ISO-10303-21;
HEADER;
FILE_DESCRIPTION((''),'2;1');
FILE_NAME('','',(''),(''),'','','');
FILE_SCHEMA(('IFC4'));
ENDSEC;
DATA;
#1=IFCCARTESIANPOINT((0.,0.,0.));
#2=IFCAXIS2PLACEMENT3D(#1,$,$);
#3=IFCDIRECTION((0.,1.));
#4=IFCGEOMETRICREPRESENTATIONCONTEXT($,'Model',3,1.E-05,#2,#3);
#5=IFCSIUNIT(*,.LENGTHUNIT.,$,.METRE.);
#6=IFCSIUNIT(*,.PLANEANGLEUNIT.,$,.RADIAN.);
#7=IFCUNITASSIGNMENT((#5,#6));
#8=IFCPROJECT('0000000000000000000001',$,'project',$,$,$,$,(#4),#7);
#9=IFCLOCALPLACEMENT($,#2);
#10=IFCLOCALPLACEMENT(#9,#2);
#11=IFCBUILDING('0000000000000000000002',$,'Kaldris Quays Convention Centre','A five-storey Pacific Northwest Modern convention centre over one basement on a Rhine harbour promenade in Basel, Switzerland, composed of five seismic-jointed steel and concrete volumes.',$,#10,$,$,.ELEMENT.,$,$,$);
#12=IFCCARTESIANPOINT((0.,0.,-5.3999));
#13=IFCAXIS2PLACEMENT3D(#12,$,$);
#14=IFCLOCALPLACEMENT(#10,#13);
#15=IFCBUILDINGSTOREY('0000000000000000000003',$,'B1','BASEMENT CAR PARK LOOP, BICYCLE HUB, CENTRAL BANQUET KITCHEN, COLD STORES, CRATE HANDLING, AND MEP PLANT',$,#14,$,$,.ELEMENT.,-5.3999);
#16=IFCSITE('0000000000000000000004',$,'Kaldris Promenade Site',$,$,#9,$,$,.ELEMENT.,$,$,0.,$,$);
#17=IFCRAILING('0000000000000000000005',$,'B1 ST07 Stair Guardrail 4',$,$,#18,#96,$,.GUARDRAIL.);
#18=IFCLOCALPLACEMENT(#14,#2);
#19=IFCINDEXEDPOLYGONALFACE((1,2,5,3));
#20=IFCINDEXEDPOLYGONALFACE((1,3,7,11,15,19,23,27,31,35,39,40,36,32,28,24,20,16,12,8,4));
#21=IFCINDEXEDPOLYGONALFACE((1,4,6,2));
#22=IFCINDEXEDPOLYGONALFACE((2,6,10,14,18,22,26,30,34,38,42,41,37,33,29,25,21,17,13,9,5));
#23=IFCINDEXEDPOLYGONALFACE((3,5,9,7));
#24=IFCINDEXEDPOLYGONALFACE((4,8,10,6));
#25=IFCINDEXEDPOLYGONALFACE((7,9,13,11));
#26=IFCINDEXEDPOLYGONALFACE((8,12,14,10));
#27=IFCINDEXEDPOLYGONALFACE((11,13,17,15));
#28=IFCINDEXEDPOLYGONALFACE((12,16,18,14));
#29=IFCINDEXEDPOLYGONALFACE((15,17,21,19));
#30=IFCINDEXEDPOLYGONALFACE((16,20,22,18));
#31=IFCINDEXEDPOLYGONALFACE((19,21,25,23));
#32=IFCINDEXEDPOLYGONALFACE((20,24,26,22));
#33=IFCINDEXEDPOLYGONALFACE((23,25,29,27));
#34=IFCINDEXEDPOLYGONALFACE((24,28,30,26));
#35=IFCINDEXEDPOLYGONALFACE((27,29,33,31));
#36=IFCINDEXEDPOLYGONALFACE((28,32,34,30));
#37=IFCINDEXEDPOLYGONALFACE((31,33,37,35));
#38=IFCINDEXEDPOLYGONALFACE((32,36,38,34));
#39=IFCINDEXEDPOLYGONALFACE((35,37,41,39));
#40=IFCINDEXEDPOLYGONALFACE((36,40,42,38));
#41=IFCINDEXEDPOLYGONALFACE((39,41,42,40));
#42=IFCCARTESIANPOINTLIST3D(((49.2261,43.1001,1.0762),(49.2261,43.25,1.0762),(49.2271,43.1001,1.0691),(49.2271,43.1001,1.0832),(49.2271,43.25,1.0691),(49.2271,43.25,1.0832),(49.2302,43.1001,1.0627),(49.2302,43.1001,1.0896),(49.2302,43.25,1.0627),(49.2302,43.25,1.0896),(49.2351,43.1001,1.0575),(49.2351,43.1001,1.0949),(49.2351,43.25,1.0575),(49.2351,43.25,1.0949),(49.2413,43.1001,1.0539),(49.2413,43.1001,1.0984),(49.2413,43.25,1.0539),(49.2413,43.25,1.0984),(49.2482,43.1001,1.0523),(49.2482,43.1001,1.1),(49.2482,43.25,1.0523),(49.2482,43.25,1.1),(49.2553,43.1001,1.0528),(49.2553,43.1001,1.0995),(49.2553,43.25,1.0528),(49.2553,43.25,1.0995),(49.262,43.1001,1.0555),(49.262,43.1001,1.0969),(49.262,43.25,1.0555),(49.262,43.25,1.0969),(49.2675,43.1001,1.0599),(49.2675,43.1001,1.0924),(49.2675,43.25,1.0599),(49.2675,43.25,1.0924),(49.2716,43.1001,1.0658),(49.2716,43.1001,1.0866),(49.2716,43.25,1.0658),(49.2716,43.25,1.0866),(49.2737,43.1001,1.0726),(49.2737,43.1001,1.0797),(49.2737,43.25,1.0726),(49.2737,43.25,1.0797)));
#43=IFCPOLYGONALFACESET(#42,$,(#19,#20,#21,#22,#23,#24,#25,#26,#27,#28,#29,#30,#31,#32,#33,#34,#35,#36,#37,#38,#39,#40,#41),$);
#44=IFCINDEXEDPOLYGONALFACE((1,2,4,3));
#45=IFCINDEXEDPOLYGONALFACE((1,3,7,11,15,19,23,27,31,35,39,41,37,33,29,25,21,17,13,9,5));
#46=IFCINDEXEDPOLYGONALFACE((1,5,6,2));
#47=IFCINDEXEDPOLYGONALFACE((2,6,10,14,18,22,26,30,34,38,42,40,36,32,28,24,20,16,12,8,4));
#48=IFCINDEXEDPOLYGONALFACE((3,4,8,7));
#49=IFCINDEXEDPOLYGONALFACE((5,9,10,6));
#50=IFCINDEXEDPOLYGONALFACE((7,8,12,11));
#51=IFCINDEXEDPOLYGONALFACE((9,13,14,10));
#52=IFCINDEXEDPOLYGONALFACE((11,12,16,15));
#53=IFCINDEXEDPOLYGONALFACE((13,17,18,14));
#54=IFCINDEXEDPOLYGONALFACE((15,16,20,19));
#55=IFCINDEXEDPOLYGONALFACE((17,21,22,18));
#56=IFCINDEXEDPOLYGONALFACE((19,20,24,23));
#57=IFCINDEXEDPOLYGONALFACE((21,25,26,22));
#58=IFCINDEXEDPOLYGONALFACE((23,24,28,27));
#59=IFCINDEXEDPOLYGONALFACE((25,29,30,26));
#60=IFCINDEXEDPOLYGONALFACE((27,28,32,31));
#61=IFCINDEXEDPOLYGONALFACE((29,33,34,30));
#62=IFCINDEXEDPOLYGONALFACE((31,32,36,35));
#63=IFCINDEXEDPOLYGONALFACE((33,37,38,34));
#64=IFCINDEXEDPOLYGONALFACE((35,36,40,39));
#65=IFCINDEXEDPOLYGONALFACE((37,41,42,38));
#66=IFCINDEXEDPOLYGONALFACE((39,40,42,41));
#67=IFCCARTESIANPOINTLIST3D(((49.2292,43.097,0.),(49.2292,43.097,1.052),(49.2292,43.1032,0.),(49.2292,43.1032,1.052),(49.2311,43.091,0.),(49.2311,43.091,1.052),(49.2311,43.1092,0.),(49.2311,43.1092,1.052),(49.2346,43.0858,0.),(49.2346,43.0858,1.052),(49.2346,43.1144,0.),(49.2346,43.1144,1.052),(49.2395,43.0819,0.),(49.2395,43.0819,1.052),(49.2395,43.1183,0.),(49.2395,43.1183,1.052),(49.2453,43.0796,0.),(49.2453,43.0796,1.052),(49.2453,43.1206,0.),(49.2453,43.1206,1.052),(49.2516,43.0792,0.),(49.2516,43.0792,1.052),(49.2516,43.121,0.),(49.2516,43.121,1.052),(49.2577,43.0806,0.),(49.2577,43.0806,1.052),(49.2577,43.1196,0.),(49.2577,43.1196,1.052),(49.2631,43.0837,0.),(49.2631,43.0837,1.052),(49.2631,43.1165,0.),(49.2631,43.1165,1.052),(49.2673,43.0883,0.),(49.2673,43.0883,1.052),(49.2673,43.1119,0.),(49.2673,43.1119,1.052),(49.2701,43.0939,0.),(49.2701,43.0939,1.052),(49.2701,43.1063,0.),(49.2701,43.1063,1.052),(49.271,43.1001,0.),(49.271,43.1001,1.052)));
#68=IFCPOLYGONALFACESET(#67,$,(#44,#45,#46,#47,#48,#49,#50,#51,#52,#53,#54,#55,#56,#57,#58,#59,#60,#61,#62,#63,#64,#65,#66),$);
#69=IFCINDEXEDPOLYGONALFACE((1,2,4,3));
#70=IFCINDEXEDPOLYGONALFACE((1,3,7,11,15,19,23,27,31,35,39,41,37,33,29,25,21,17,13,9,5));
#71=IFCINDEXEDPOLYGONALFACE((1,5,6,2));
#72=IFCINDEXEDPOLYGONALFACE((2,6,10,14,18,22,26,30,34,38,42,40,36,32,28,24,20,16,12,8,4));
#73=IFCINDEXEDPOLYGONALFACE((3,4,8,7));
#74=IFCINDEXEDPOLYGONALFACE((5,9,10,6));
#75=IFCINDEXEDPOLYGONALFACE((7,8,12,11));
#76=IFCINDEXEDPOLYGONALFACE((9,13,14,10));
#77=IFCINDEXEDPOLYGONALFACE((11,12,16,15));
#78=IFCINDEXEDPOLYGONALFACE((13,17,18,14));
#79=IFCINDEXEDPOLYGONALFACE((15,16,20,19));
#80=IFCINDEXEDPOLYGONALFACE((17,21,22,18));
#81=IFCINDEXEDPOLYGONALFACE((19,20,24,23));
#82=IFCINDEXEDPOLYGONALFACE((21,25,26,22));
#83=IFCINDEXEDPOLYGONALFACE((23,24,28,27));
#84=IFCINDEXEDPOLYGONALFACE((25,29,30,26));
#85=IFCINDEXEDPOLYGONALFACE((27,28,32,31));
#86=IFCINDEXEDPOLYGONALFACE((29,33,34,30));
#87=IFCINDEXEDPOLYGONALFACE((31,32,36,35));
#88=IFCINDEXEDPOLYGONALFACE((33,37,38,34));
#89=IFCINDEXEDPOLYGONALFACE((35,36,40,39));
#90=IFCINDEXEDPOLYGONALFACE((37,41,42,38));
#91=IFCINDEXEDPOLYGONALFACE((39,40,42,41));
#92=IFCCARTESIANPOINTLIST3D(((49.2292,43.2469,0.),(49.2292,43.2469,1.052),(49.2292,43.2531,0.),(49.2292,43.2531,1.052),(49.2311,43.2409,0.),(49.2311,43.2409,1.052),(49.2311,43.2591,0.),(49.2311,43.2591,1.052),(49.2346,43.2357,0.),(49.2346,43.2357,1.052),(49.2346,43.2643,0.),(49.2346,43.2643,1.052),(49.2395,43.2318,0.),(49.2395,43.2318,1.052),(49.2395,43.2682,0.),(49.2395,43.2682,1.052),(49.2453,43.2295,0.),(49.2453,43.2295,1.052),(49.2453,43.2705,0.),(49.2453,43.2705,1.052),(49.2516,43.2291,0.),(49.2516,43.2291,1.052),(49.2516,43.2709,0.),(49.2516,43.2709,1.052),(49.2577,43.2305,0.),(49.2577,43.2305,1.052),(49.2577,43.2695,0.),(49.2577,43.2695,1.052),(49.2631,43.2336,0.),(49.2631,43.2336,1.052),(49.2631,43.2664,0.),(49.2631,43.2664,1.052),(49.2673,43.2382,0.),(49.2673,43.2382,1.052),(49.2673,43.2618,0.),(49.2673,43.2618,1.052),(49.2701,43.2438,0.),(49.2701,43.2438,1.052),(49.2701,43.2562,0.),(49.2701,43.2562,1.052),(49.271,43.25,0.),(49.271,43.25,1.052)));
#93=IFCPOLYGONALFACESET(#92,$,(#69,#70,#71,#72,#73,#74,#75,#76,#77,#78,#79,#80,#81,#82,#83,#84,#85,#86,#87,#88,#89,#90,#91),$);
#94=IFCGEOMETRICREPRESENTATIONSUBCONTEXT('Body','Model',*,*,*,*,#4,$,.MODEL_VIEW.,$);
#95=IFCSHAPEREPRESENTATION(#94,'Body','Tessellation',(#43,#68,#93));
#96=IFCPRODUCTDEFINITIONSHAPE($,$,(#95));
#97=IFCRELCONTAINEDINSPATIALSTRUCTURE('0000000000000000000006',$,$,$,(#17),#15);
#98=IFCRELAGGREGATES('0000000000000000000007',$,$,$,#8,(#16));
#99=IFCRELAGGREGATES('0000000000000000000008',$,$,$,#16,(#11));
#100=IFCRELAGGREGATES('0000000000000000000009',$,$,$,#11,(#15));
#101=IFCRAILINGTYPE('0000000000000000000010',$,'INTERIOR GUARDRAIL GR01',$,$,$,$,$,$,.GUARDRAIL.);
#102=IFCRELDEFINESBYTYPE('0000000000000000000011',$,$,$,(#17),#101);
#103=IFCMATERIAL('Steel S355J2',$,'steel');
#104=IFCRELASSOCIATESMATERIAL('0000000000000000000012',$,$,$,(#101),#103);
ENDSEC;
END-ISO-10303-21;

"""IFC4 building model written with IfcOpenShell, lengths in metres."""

from ifc_helpers import new_model, si_unit, direction, frame, origin, origin_2d, place, context, subcontext, project, spatial, circle, extrude, material, type_object, element, save


model = new_model("IFC4")

# Units and contexts
model_context = context("Model", 3, precision=1e-05, world=origin(), true_north=direction((0.0, 1.0)))
body_context = subcontext(model_context, "Body", "Model", "MODEL_VIEW")
ifc_project = project(units=[si_unit("LENGTHUNIT", "METRE"), si_unit("PLANEANGLEUNIT", "RADIAN")], contexts=[model_context])

# Site, building, storey
site_placement = place(None, origin())
site = spatial("IfcSite", under=ifc_project, at=site_placement, Name="Kaldris Promenade Site", CompositionType="ELEMENT", RefElevation=0.0)
building_placement = place(site_placement, origin())
building = spatial("IfcBuilding", under=site, at=building_placement, Name="Kaldris Quays Convention Centre", Description="A five-storey Pacific Northwest Modern convention centre over one basement on a Rhine harbour promenade in Basel, Switzerland, composed of five seismic-jointed steel and concrete volumes.", CompositionType="ELEMENT")
storey_placement = place(building_placement, frame((0.0, 0.0, -5.3999)))
storey = spatial("IfcBuildingStorey", under=building, at=storey_placement, Name="B1", Description="BASEMENT CAR PARK LOOP, BICYCLE HUB, CENTRAL BANQUET KITCHEN, COLD STORES, CRATE HANDLING, AND MEP PLANT", CompositionType="ELEMENT", Elevation=-5.3999)

# Shared definitions
ifc_material_1 = material(Name="Steel S355J2", Category="steel")

# Railing
railing_type_1 = type_object("IfcRailingType", Name="INTERIOR GUARDRAIL GR01", PredefinedType="GUARDRAIL", material=ifc_material_1)
railing_1_placement = place(storey_placement, frame((49.25, 43.1001, 0.0)))
element("IfcRailing", 1, at=railing_1_placement, inside=storey, type_object=railing_type_1, Name="B1 ST07 Stair Guardrail 4", PredefinedType="GUARDRAIL", context=body_context, shape_type="SweptSolid", body=[
    extrude(circle(Radius=0.0239, at=origin_2d()), frame((0.0, 0.0, 1.0762), z_axis=(0.0, 1.0, 0.0), x_axis=(-1.0, 0.0, 0.0)), (0.0, 0.0, 1.0), 0.1499),
    extrude(circle(Radius=0.021, at=origin_2d()), origin(), (0.0, 0.0, 1.0), 1.052),
    extrude(circle(Radius=0.021, at=origin_2d()), frame((0.0, 0.1499, 0.0)), (0.0, 0.0, 1.0), 1.052),
])

save(model, "model.ifc")
